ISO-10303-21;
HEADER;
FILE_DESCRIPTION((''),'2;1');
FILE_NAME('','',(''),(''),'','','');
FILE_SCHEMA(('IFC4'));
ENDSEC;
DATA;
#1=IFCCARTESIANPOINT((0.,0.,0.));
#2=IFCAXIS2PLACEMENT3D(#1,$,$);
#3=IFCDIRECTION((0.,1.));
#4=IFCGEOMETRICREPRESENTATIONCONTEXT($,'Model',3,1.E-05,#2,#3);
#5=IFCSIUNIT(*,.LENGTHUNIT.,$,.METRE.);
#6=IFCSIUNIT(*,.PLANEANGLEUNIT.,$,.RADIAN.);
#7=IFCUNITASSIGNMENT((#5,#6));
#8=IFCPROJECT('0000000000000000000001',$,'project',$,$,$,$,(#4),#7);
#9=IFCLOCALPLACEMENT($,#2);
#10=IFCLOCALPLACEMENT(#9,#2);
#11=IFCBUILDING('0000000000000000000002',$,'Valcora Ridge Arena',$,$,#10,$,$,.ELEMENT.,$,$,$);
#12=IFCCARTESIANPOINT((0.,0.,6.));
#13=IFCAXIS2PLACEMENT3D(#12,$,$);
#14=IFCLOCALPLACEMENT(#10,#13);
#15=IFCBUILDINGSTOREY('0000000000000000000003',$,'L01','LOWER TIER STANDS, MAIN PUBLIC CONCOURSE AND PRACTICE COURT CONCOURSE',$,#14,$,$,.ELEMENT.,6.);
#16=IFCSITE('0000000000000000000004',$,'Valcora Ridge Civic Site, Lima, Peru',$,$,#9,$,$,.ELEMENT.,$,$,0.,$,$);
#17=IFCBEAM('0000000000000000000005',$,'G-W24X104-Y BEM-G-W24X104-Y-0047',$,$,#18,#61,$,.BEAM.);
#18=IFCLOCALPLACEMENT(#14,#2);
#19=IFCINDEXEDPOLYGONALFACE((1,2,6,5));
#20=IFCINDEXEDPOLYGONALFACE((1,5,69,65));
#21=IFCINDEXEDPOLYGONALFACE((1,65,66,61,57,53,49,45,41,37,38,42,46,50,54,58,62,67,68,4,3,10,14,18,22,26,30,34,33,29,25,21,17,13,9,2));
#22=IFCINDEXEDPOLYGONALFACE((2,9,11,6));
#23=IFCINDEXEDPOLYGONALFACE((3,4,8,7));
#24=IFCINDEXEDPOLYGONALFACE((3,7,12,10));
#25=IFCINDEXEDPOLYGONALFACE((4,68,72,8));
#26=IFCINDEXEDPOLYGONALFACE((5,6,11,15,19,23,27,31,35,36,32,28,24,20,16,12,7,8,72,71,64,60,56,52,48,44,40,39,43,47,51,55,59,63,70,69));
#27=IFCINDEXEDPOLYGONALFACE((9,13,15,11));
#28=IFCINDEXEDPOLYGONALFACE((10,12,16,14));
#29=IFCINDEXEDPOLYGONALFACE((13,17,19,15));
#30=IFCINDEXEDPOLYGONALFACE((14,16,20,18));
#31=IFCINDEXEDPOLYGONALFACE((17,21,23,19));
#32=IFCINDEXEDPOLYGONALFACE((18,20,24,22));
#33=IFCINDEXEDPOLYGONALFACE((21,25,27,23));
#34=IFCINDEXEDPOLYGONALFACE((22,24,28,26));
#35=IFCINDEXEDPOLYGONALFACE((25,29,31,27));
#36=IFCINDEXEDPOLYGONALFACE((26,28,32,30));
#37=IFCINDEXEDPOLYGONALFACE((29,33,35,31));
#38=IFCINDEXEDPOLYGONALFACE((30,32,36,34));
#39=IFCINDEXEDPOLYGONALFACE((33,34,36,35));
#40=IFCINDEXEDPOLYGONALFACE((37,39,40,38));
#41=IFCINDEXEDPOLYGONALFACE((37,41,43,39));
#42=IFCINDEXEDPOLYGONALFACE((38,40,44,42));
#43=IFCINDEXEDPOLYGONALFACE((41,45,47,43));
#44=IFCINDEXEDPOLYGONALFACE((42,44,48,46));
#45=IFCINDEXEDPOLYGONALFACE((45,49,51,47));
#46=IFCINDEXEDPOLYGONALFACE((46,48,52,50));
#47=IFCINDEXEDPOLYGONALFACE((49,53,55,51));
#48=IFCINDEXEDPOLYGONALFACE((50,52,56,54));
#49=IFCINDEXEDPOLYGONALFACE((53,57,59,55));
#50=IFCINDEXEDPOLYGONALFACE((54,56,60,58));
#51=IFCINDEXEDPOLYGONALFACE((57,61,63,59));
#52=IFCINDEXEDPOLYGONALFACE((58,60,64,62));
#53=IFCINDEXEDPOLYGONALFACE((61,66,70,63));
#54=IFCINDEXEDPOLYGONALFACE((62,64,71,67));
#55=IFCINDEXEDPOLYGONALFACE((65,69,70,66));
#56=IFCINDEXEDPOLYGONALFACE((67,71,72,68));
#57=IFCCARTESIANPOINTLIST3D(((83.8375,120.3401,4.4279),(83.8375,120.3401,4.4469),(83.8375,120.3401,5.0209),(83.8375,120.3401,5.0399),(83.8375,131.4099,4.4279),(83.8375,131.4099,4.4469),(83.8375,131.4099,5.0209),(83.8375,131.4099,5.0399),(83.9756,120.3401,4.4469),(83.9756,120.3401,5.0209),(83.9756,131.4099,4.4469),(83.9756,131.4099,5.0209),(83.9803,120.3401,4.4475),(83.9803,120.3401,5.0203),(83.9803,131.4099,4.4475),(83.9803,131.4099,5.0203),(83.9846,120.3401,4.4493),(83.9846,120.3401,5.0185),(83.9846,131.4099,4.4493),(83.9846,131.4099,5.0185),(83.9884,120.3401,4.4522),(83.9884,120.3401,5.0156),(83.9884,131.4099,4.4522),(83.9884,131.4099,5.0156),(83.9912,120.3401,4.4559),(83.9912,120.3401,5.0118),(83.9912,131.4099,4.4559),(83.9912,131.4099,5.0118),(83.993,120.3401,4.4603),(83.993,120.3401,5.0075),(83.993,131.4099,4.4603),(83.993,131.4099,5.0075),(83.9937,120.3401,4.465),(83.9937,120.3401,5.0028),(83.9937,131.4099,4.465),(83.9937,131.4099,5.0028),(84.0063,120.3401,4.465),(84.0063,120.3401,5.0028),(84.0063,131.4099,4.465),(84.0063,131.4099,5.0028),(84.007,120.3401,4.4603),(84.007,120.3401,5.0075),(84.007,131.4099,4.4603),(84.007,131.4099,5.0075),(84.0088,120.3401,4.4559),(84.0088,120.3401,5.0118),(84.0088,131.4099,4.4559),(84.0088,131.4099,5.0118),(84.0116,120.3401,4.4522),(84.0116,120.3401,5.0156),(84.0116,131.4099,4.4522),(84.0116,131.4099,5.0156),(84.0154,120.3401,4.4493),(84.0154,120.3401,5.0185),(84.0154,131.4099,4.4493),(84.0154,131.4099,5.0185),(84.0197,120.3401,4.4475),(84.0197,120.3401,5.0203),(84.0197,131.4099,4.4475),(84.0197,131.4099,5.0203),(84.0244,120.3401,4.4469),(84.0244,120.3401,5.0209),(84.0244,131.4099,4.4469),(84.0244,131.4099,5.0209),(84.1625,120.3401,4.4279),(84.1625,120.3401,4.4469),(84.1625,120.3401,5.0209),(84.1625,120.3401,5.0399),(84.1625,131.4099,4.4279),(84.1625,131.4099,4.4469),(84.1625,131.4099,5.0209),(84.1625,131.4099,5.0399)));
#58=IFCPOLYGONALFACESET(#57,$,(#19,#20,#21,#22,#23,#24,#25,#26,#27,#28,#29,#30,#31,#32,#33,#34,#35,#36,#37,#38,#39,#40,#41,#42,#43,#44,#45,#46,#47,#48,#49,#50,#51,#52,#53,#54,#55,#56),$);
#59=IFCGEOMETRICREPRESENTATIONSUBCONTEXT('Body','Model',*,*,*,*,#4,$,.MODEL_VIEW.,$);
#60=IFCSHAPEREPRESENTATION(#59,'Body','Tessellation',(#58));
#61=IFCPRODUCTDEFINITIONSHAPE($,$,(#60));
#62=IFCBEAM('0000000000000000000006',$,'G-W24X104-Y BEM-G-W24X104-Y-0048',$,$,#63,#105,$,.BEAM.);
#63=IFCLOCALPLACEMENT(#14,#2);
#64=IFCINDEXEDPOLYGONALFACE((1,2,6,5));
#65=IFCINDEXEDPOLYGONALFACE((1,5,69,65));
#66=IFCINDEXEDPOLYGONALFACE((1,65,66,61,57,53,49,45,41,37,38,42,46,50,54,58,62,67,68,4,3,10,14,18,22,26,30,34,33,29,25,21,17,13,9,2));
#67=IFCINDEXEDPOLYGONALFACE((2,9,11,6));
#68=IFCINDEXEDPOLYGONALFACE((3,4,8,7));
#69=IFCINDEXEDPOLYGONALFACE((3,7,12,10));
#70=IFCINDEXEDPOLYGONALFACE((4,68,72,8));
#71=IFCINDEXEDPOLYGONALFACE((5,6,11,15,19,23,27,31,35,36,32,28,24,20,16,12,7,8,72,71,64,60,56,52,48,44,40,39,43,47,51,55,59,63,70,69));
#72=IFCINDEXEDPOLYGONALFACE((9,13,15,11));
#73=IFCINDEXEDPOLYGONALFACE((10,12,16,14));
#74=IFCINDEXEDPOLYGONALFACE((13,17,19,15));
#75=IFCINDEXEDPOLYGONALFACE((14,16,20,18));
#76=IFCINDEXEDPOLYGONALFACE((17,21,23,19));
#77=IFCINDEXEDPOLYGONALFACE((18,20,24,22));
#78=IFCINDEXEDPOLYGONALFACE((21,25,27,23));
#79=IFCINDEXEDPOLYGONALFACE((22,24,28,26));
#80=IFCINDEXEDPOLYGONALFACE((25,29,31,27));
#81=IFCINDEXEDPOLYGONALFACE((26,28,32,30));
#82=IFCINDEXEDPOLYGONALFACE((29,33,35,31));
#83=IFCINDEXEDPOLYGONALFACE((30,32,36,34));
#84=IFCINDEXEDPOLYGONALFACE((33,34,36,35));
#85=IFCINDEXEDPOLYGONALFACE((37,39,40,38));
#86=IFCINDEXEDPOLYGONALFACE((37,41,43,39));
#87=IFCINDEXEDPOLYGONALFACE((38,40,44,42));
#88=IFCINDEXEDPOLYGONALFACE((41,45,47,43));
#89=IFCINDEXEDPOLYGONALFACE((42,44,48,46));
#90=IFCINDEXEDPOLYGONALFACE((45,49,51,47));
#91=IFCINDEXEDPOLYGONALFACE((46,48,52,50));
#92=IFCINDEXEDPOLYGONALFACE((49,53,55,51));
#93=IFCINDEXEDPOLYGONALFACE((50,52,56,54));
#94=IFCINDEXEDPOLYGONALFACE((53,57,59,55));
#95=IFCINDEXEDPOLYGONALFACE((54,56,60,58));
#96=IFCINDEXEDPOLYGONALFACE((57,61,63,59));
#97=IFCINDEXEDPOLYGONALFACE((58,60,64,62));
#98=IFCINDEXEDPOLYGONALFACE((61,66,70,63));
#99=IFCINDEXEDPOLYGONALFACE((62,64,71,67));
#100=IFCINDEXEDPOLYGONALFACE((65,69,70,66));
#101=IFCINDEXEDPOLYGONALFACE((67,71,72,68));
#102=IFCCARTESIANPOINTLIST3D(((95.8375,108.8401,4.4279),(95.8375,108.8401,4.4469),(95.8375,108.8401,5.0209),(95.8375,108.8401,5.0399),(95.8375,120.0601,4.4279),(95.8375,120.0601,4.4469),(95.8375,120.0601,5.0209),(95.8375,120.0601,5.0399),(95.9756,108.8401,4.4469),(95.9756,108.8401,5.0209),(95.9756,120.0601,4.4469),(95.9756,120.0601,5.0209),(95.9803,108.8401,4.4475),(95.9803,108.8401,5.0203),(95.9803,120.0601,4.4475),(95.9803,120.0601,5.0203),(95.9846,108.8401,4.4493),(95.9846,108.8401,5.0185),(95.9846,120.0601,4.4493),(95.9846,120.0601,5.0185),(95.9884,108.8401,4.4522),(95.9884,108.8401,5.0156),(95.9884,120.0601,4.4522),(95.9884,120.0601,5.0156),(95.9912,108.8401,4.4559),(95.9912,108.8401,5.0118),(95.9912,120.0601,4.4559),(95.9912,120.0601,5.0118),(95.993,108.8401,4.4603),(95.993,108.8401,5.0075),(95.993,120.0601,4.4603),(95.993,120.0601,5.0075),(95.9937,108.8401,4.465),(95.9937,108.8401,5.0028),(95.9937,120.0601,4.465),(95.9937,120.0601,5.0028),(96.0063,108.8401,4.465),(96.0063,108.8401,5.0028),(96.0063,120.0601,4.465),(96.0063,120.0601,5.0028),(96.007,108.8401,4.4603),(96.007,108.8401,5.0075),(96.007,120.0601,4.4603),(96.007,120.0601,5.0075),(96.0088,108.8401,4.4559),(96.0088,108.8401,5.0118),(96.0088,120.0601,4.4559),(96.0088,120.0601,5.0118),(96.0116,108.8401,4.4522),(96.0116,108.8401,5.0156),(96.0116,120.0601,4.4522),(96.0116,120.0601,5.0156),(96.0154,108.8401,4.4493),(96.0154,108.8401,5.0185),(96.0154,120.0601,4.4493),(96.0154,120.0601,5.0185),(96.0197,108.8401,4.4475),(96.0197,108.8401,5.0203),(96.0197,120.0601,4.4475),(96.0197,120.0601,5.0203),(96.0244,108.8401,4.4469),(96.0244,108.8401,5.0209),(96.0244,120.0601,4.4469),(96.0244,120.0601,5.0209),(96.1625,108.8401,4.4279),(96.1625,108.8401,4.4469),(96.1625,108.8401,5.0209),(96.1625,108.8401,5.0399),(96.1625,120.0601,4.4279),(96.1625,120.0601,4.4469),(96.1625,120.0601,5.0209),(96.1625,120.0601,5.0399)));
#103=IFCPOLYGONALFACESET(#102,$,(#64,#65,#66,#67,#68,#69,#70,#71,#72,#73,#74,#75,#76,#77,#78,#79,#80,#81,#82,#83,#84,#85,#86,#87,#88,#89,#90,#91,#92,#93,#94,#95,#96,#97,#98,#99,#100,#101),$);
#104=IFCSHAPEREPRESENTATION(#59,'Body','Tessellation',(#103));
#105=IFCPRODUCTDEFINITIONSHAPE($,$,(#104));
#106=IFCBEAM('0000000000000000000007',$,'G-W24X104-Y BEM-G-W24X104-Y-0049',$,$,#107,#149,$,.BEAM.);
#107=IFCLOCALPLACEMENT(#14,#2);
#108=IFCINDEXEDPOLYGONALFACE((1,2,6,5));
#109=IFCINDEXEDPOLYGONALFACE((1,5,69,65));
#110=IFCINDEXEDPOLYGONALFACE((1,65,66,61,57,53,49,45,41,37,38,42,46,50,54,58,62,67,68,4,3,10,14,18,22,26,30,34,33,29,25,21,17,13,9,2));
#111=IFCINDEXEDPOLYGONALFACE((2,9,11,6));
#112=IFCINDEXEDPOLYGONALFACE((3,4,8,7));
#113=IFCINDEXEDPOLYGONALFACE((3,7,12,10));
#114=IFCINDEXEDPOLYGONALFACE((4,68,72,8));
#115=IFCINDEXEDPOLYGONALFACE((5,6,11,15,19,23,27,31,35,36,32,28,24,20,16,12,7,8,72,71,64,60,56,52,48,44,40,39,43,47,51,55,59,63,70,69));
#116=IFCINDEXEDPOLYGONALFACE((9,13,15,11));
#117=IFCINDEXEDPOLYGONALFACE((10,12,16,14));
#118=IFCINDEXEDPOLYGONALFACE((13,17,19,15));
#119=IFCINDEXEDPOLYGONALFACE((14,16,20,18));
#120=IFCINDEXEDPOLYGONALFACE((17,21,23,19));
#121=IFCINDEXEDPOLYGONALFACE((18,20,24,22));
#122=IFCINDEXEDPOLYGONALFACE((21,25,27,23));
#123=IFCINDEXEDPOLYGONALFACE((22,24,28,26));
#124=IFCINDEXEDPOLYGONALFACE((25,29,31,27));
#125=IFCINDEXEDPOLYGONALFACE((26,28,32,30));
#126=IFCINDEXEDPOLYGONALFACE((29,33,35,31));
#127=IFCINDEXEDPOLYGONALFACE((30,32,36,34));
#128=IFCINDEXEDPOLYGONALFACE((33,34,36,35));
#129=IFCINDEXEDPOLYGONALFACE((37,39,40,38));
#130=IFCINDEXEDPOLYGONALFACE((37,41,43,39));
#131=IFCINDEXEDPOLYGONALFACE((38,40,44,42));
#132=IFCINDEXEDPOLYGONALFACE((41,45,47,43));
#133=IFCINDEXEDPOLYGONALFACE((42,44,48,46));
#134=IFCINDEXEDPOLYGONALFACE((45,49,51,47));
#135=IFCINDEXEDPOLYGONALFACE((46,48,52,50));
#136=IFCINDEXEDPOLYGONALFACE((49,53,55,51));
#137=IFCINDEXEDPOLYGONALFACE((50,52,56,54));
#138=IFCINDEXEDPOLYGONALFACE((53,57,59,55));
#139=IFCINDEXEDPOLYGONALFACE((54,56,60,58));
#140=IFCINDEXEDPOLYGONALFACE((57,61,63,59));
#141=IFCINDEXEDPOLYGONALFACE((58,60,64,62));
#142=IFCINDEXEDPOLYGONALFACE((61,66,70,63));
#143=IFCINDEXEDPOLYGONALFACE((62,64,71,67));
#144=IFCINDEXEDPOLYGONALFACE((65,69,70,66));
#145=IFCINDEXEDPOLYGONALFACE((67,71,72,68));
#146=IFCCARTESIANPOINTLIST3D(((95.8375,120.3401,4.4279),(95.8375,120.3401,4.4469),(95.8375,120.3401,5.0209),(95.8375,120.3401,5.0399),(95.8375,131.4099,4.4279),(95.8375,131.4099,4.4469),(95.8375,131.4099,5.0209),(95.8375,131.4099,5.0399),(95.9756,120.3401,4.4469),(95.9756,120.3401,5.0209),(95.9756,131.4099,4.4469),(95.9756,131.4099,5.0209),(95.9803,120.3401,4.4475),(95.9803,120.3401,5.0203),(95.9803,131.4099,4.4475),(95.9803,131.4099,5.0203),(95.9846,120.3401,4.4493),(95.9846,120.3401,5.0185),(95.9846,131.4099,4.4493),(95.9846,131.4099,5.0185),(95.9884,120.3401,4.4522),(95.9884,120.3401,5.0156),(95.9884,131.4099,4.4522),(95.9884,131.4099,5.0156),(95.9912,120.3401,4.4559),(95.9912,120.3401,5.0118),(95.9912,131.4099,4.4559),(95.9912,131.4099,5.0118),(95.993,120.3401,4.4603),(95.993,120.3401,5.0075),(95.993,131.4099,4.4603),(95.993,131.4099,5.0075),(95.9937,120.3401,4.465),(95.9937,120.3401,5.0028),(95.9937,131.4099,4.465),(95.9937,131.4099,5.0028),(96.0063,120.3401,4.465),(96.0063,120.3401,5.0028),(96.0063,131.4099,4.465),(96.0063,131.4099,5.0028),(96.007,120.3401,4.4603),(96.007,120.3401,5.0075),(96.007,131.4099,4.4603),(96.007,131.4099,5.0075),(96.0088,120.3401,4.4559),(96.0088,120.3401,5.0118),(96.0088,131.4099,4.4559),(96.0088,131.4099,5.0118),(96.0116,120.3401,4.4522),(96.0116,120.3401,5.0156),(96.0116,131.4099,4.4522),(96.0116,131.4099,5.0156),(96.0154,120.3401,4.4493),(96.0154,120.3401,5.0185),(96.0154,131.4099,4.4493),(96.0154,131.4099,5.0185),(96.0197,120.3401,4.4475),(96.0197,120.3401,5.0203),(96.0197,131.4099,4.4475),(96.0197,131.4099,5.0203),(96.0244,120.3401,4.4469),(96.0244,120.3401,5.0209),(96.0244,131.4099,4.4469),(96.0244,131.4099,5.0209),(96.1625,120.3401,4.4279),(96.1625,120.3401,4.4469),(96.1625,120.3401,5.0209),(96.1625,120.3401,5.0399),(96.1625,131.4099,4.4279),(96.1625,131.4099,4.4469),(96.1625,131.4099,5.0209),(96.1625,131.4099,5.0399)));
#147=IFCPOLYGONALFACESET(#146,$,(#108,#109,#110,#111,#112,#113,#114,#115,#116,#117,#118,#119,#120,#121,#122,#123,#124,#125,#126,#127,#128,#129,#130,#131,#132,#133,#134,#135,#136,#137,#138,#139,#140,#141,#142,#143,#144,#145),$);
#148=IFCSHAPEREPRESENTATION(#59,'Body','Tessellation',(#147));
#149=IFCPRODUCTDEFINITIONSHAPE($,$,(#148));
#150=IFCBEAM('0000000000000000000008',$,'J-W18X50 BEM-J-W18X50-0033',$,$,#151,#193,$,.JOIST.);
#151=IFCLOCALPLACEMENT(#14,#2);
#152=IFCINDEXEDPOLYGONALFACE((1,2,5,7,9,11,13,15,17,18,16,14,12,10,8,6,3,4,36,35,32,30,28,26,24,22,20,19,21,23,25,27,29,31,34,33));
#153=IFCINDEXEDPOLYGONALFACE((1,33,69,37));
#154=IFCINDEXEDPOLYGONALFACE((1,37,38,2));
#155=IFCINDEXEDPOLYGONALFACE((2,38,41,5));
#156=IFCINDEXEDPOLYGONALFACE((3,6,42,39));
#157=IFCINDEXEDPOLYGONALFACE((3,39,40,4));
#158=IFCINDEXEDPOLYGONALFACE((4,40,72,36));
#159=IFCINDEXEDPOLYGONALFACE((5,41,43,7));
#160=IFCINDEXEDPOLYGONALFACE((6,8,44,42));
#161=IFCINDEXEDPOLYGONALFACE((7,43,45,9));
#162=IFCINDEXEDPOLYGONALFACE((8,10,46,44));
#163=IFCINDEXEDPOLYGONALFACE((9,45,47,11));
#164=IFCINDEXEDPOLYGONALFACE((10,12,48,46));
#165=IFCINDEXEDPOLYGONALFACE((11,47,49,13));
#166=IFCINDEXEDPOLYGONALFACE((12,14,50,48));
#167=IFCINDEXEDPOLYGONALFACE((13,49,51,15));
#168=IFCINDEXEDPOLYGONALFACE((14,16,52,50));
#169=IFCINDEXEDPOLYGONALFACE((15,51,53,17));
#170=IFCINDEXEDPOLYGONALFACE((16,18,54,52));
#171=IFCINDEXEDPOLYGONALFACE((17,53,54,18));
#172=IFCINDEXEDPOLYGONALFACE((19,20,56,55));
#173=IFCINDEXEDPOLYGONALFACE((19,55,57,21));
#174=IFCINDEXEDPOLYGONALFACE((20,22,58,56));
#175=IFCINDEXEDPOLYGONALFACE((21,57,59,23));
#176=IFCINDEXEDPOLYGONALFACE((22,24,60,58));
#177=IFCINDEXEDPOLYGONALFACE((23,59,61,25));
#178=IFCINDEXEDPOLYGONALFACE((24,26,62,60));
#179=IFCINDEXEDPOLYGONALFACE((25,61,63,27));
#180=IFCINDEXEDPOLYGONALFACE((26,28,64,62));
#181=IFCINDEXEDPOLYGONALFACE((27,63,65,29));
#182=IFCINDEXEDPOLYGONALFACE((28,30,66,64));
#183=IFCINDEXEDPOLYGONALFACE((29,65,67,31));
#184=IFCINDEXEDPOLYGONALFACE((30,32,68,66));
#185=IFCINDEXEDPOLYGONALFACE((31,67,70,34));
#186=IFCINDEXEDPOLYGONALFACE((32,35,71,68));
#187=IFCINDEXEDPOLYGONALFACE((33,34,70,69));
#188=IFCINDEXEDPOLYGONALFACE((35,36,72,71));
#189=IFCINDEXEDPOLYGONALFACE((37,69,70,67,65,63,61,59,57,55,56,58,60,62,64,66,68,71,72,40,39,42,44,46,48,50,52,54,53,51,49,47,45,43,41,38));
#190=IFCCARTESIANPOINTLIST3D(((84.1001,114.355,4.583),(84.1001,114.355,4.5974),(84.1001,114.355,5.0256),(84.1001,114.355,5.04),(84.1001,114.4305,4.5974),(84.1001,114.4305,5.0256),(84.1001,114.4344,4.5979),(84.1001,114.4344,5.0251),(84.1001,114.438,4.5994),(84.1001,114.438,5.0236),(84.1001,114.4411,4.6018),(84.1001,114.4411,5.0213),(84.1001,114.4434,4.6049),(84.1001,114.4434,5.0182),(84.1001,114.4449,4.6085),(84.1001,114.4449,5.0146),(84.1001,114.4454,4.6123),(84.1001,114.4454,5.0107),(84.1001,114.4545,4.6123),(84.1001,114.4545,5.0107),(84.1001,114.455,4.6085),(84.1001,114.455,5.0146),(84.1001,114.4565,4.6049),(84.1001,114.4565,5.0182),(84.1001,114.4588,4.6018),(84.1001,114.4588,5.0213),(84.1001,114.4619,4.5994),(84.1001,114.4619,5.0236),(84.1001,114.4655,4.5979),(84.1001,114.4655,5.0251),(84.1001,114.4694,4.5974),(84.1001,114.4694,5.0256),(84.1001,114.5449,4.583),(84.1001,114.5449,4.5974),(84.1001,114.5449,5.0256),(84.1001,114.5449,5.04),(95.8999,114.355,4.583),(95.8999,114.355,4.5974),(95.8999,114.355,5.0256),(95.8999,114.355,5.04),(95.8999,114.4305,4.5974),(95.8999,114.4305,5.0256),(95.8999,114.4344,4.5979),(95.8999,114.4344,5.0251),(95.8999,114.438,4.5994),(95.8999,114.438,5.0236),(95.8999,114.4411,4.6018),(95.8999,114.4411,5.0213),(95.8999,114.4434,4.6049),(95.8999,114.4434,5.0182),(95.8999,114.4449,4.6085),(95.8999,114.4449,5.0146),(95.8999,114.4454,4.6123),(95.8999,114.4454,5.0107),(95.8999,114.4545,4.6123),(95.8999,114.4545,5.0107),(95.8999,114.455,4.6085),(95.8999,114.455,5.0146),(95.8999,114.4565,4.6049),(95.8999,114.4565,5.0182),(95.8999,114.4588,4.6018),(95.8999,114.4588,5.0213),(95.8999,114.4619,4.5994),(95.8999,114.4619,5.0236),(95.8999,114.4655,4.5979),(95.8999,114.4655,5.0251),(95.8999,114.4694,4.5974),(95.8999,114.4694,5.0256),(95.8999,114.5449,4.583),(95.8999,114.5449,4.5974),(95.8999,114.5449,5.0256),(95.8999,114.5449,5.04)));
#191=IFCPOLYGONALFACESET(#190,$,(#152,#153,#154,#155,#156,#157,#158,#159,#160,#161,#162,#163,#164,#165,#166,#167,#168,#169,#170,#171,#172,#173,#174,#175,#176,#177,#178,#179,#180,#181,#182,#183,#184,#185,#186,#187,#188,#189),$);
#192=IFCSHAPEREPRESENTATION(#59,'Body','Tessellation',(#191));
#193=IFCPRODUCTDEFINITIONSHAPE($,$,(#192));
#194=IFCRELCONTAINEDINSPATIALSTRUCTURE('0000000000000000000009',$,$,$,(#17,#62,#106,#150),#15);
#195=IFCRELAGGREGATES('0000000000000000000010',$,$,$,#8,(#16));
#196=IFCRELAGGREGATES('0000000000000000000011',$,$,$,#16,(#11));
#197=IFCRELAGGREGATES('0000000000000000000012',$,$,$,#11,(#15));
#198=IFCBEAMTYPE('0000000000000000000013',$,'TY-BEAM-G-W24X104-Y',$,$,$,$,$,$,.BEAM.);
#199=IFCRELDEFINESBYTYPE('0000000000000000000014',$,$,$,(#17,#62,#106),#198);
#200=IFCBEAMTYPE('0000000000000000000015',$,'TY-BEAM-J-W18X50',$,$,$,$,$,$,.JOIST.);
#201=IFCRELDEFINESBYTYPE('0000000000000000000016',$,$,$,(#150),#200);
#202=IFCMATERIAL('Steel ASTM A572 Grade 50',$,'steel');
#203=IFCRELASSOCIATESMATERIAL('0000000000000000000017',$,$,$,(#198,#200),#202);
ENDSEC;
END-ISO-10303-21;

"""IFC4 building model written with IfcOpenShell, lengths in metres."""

from ifc_helpers import new_model, si_unit, direction, frame, origin, origin_2d, place, context, subcontext, project, spatial, i_section, extrude, material, material_profile, profile_set, type_object, element, save


model = new_model("IFC4")

# Units and contexts
model_context = context("Model", 3, precision=1e-05, world=origin(), true_north=direction((0.0, 1.0)))
body_context = subcontext(model_context, "Body", "Model", "MODEL_VIEW")
ifc_project = project(units=[si_unit("LENGTHUNIT", "METRE"), si_unit("PLANEANGLEUNIT", "RADIAN")], contexts=[model_context])

# Site, building, storey
site_placement = place(None, origin())
site = spatial("IfcSite", under=ifc_project, at=site_placement, Name="Valcora Ridge Civic Site, Lima, Peru", CompositionType="ELEMENT", RefElevation=0.0)
building_placement = place(site_placement, origin())
building = spatial("IfcBuilding", under=site, at=building_placement, Name="Valcora Ridge Arena", CompositionType="ELEMENT")
storey_placement = place(building_placement, frame((0.0, 0.0, 6.0)))
storey = spatial("IfcBuildingStorey", under=building, at=storey_placement, Name="L01", Description="LOWER TIER STANDS, MAIN PUBLIC CONCOURSE AND PRACTICE COURT CONCOURSE", CompositionType="ELEMENT", Elevation=6.0)

# Beams
ifc_material_1 = material(Name="Steel ASTM A572 Grade 50", Category="steel")
ifc_material_profile_1 = material_profile(ifc_material_1, i_section(OverallWidth=0.325, OverallDepth=0.6121, WebThickness=0.0127, FlangeThickness=0.019, FilletRadius=0.0181, at=origin_2d()), Name="W24X104")
ifc_profile_set_1 = profile_set([ifc_material_profile_1], Name="Steel ASTM A572 Grade 50")
beam_type_1 = type_object("IfcBeamType", Name="TY-BEAM-G-W24X104-Y", PredefinedType="BEAM", material=ifc_profile_set_1)
beam_1_placement = place(storey_placement, frame((84.0, 120.3401, 4.7339), z_axis=(0.0, 1.0, 0.0), x_axis=(-1.0, 0.0, 0.0)))
element("IfcBeam", 1, at=beam_1_placement, inside=storey, type_object=beam_type_1, Name="G-W24X104-Y BEM-G-W24X104-Y-0047", PredefinedType="BEAM", context=body_context, shape_type="SweptSolid", body=[
    extrude(i_section(OverallWidth=0.325, OverallDepth=0.6121, WebThickness=0.0127, FlangeThickness=0.019, FilletRadius=0.0181, at=origin_2d()), origin(), (0.0, 0.0, 1.0), 11.0698),
])
beam_2_placement = place(storey_placement, frame((96.0, 108.8401, 4.7339), z_axis=(0.0, 1.0, 0.0), x_axis=(-1.0, 0.0, 0.0)))
element("IfcBeam", 2, at=beam_2_placement, inside=storey, type_object=beam_type_1, Name="G-W24X104-Y BEM-G-W24X104-Y-0048", PredefinedType="BEAM", context=body_context, shape_type="SweptSolid", body=[
    extrude(i_section(OverallWidth=0.325, OverallDepth=0.6121, WebThickness=0.0127, FlangeThickness=0.019, FilletRadius=0.0181, at=origin_2d()), origin(), (0.0, 0.0, 1.0), 11.22),
])
beam_3_placement = place(storey_placement, frame((96.0, 120.3401, 4.7339), z_axis=(0.0, 1.0, 0.0), x_axis=(-1.0, 0.0, 0.0)))
element("IfcBeam", 3, at=beam_3_placement, inside=storey, type_object=beam_type_1, Name="G-W24X104-Y BEM-G-W24X104-Y-0049", PredefinedType="BEAM", context=body_context, shape_type="SweptSolid", body=[
    extrude(i_section(OverallWidth=0.325, OverallDepth=0.6121, WebThickness=0.0127, FlangeThickness=0.019, FilletRadius=0.0181, at=origin_2d()), origin(), (0.0, 0.0, 1.0), 11.0698),
])
ifc_material_profile_2 = material_profile(ifc_material_1, i_section(OverallWidth=0.1899, OverallDepth=0.457, WebThickness=0.009, FlangeThickness=0.0144, FilletRadius=0.0149, at=origin_2d()), Name="W18X50")
ifc_profile_set_2 = profile_set([ifc_material_profile_2], Name="Steel ASTM A572 Grade 50")
beam_type_2 = type_object("IfcBeamType", Name="TY-BEAM-J-W18X50", PredefinedType="JOIST", material=ifc_profile_set_2)
for number, where, z_axis, x_axis, name in (
    (4, (84.1001, 114.45, 4.8115), (1.0, 0.0, 0.0), (0.0, 1.0, 0.0), "J-W18X50 BEM-J-W18X50-0033"),
):
    element("IfcBeam", number, at=place(storey_placement, frame(where, z_axis=z_axis, x_axis=x_axis)), inside=storey, type_object=beam_type_2, Name=name, PredefinedType="JOIST", context=body_context, shape_type="SweptSolid", body=[
        extrude(i_section(OverallWidth=0.1899, OverallDepth=0.457, WebThickness=0.009, FlangeThickness=0.0144, FilletRadius=0.0149, at=origin_2d()), origin(), (0.0, 0.0, 1.0), 11.7998),
    ])

save(model, "model.ifc")
